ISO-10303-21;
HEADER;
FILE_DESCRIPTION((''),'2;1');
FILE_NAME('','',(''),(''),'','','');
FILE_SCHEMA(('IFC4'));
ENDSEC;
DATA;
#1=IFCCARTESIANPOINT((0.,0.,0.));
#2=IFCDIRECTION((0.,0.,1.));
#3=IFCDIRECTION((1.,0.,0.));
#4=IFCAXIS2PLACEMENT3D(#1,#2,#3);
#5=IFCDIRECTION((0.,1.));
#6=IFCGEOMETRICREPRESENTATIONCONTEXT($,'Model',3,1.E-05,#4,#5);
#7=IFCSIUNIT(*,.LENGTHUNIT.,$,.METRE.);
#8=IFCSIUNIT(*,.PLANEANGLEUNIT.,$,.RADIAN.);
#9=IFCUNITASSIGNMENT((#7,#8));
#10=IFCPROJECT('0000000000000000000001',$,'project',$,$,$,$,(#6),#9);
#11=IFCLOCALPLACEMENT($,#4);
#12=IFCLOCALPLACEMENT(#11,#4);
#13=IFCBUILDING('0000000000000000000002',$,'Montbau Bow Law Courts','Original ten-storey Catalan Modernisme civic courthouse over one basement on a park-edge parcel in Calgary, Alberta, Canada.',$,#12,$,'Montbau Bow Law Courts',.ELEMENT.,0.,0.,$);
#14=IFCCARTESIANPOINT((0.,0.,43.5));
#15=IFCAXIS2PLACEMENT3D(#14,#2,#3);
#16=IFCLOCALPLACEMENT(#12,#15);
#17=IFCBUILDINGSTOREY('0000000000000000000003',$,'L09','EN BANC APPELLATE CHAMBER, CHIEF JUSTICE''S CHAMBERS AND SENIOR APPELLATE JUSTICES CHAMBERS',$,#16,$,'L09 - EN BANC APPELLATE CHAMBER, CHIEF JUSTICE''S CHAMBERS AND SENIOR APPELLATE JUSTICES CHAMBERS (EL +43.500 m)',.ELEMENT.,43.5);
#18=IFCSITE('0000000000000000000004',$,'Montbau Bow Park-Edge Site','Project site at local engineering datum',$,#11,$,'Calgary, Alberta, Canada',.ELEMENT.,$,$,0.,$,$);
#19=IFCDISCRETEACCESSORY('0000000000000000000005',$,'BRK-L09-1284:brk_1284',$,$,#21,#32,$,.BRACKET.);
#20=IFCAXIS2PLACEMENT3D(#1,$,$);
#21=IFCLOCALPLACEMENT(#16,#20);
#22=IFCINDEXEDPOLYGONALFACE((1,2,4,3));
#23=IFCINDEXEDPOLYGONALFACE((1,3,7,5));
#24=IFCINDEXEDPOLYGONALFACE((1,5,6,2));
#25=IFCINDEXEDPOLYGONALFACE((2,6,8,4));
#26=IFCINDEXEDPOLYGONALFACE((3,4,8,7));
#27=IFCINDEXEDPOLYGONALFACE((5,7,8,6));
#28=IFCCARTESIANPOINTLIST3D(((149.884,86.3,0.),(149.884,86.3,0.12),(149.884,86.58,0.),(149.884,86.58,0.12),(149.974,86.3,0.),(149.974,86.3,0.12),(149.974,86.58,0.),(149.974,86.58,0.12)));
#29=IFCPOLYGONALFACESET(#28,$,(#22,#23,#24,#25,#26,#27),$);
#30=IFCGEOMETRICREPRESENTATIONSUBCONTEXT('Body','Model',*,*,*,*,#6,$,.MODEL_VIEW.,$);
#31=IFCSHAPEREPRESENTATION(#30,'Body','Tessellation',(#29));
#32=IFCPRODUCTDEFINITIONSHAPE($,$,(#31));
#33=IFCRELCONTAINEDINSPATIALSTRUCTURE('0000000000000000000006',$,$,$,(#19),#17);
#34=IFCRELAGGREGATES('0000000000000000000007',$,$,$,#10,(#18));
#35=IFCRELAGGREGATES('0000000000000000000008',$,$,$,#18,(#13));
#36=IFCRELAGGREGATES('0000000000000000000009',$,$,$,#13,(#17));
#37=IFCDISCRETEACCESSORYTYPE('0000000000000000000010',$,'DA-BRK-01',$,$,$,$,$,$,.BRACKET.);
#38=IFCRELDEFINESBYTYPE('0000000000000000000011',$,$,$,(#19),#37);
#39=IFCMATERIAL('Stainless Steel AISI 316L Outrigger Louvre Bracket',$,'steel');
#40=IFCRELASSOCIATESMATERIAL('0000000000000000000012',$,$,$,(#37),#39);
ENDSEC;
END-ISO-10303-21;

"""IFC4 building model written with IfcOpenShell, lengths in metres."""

from ifc_helpers import new_model, si_unit, direction, frame, origin_with_axes, origin_2d_with_axis, place, context, subcontext, project, spatial, rectangle, extrude, material, type_object, element, save


model = new_model("IFC4")

# Units and contexts
model_context = context("Model", 3, precision=1e-05, world=origin_with_axes(), true_north=direction((0.0, 1.0)))
body_context = subcontext(model_context, "Body", "Model", "MODEL_VIEW")
ifc_project = project(units=[si_unit("LENGTHUNIT", "METRE"), si_unit("PLANEANGLEUNIT", "RADIAN")], contexts=[model_context])

# Site, building, storey
site_placement = place(None, origin_with_axes())
site = spatial("IfcSite", under=ifc_project, at=site_placement, Name="Montbau Bow Park-Edge Site", Description="Project site at local engineering datum", LongName="Calgary, Alberta, Canada", CompositionType="ELEMENT", RefElevation=0.0)
building_placement = place(site_placement, origin_with_axes())
building = spatial("IfcBuilding", under=site, at=building_placement, Name="Montbau Bow Law Courts", Description="Original ten-storey Catalan Modernisme civic courthouse over one basement on a park-edge parcel in Calgary, Alberta, Canada.", LongName="Montbau Bow Law Courts", CompositionType="ELEMENT", ElevationOfRefHeight=0.0, ElevationOfTerrain=0.0)
storey_placement = place(building_placement, frame((0.0, 0.0, 43.5), z_axis=(0.0, 0.0, 1.0), x_axis=(1.0, 0.0, 0.0)))
storey = spatial("IfcBuildingStorey", under=building, at=storey_placement, Name="L09", Description="EN BANC APPELLATE CHAMBER, CHIEF JUSTICE'S CHAMBERS AND SENIOR APPELLATE JUSTICES CHAMBERS", LongName="L09 - EN BANC APPELLATE CHAMBER, CHIEF JUSTICE'S CHAMBERS AND SENIOR APPELLATE JUSTICES CHAMBERS (EL +43.500 m)", CompositionType="ELEMENT", Elevation=43.5)

# Discrete accessory
ifc_material_1 = material(Name="Stainless Steel AISI 316L Outrigger Louvre Bracket", Category="steel")
discrete_accessory_type = type_object("IfcDiscreteAccessoryType", Name="DA-BRK-01", PredefinedType="BRACKET", material=ifc_material_1)
discrete_accessory_placement = place(None, frame((149.929, 86.44, 43.5), z_axis=(0.0, 0.0, 1.0), x_axis=(0.0, -1.0, 0.0)))
element("IfcDiscreteAccessory", 1, at=discrete_accessory_placement, inside=storey, type_object=discrete_accessory_type, Name="BRK-L09-1284:brk_1284", PredefinedType="BRACKET", context=body_context, shape_type="SweptSolid", body=[
    extrude(rectangle(XDim=0.28, YDim=0.09, at=origin_2d_with_axis()), origin_with_axes(), (0.0, 0.0, 1.0), 0.12),
])

save(model, "model.ifc")
